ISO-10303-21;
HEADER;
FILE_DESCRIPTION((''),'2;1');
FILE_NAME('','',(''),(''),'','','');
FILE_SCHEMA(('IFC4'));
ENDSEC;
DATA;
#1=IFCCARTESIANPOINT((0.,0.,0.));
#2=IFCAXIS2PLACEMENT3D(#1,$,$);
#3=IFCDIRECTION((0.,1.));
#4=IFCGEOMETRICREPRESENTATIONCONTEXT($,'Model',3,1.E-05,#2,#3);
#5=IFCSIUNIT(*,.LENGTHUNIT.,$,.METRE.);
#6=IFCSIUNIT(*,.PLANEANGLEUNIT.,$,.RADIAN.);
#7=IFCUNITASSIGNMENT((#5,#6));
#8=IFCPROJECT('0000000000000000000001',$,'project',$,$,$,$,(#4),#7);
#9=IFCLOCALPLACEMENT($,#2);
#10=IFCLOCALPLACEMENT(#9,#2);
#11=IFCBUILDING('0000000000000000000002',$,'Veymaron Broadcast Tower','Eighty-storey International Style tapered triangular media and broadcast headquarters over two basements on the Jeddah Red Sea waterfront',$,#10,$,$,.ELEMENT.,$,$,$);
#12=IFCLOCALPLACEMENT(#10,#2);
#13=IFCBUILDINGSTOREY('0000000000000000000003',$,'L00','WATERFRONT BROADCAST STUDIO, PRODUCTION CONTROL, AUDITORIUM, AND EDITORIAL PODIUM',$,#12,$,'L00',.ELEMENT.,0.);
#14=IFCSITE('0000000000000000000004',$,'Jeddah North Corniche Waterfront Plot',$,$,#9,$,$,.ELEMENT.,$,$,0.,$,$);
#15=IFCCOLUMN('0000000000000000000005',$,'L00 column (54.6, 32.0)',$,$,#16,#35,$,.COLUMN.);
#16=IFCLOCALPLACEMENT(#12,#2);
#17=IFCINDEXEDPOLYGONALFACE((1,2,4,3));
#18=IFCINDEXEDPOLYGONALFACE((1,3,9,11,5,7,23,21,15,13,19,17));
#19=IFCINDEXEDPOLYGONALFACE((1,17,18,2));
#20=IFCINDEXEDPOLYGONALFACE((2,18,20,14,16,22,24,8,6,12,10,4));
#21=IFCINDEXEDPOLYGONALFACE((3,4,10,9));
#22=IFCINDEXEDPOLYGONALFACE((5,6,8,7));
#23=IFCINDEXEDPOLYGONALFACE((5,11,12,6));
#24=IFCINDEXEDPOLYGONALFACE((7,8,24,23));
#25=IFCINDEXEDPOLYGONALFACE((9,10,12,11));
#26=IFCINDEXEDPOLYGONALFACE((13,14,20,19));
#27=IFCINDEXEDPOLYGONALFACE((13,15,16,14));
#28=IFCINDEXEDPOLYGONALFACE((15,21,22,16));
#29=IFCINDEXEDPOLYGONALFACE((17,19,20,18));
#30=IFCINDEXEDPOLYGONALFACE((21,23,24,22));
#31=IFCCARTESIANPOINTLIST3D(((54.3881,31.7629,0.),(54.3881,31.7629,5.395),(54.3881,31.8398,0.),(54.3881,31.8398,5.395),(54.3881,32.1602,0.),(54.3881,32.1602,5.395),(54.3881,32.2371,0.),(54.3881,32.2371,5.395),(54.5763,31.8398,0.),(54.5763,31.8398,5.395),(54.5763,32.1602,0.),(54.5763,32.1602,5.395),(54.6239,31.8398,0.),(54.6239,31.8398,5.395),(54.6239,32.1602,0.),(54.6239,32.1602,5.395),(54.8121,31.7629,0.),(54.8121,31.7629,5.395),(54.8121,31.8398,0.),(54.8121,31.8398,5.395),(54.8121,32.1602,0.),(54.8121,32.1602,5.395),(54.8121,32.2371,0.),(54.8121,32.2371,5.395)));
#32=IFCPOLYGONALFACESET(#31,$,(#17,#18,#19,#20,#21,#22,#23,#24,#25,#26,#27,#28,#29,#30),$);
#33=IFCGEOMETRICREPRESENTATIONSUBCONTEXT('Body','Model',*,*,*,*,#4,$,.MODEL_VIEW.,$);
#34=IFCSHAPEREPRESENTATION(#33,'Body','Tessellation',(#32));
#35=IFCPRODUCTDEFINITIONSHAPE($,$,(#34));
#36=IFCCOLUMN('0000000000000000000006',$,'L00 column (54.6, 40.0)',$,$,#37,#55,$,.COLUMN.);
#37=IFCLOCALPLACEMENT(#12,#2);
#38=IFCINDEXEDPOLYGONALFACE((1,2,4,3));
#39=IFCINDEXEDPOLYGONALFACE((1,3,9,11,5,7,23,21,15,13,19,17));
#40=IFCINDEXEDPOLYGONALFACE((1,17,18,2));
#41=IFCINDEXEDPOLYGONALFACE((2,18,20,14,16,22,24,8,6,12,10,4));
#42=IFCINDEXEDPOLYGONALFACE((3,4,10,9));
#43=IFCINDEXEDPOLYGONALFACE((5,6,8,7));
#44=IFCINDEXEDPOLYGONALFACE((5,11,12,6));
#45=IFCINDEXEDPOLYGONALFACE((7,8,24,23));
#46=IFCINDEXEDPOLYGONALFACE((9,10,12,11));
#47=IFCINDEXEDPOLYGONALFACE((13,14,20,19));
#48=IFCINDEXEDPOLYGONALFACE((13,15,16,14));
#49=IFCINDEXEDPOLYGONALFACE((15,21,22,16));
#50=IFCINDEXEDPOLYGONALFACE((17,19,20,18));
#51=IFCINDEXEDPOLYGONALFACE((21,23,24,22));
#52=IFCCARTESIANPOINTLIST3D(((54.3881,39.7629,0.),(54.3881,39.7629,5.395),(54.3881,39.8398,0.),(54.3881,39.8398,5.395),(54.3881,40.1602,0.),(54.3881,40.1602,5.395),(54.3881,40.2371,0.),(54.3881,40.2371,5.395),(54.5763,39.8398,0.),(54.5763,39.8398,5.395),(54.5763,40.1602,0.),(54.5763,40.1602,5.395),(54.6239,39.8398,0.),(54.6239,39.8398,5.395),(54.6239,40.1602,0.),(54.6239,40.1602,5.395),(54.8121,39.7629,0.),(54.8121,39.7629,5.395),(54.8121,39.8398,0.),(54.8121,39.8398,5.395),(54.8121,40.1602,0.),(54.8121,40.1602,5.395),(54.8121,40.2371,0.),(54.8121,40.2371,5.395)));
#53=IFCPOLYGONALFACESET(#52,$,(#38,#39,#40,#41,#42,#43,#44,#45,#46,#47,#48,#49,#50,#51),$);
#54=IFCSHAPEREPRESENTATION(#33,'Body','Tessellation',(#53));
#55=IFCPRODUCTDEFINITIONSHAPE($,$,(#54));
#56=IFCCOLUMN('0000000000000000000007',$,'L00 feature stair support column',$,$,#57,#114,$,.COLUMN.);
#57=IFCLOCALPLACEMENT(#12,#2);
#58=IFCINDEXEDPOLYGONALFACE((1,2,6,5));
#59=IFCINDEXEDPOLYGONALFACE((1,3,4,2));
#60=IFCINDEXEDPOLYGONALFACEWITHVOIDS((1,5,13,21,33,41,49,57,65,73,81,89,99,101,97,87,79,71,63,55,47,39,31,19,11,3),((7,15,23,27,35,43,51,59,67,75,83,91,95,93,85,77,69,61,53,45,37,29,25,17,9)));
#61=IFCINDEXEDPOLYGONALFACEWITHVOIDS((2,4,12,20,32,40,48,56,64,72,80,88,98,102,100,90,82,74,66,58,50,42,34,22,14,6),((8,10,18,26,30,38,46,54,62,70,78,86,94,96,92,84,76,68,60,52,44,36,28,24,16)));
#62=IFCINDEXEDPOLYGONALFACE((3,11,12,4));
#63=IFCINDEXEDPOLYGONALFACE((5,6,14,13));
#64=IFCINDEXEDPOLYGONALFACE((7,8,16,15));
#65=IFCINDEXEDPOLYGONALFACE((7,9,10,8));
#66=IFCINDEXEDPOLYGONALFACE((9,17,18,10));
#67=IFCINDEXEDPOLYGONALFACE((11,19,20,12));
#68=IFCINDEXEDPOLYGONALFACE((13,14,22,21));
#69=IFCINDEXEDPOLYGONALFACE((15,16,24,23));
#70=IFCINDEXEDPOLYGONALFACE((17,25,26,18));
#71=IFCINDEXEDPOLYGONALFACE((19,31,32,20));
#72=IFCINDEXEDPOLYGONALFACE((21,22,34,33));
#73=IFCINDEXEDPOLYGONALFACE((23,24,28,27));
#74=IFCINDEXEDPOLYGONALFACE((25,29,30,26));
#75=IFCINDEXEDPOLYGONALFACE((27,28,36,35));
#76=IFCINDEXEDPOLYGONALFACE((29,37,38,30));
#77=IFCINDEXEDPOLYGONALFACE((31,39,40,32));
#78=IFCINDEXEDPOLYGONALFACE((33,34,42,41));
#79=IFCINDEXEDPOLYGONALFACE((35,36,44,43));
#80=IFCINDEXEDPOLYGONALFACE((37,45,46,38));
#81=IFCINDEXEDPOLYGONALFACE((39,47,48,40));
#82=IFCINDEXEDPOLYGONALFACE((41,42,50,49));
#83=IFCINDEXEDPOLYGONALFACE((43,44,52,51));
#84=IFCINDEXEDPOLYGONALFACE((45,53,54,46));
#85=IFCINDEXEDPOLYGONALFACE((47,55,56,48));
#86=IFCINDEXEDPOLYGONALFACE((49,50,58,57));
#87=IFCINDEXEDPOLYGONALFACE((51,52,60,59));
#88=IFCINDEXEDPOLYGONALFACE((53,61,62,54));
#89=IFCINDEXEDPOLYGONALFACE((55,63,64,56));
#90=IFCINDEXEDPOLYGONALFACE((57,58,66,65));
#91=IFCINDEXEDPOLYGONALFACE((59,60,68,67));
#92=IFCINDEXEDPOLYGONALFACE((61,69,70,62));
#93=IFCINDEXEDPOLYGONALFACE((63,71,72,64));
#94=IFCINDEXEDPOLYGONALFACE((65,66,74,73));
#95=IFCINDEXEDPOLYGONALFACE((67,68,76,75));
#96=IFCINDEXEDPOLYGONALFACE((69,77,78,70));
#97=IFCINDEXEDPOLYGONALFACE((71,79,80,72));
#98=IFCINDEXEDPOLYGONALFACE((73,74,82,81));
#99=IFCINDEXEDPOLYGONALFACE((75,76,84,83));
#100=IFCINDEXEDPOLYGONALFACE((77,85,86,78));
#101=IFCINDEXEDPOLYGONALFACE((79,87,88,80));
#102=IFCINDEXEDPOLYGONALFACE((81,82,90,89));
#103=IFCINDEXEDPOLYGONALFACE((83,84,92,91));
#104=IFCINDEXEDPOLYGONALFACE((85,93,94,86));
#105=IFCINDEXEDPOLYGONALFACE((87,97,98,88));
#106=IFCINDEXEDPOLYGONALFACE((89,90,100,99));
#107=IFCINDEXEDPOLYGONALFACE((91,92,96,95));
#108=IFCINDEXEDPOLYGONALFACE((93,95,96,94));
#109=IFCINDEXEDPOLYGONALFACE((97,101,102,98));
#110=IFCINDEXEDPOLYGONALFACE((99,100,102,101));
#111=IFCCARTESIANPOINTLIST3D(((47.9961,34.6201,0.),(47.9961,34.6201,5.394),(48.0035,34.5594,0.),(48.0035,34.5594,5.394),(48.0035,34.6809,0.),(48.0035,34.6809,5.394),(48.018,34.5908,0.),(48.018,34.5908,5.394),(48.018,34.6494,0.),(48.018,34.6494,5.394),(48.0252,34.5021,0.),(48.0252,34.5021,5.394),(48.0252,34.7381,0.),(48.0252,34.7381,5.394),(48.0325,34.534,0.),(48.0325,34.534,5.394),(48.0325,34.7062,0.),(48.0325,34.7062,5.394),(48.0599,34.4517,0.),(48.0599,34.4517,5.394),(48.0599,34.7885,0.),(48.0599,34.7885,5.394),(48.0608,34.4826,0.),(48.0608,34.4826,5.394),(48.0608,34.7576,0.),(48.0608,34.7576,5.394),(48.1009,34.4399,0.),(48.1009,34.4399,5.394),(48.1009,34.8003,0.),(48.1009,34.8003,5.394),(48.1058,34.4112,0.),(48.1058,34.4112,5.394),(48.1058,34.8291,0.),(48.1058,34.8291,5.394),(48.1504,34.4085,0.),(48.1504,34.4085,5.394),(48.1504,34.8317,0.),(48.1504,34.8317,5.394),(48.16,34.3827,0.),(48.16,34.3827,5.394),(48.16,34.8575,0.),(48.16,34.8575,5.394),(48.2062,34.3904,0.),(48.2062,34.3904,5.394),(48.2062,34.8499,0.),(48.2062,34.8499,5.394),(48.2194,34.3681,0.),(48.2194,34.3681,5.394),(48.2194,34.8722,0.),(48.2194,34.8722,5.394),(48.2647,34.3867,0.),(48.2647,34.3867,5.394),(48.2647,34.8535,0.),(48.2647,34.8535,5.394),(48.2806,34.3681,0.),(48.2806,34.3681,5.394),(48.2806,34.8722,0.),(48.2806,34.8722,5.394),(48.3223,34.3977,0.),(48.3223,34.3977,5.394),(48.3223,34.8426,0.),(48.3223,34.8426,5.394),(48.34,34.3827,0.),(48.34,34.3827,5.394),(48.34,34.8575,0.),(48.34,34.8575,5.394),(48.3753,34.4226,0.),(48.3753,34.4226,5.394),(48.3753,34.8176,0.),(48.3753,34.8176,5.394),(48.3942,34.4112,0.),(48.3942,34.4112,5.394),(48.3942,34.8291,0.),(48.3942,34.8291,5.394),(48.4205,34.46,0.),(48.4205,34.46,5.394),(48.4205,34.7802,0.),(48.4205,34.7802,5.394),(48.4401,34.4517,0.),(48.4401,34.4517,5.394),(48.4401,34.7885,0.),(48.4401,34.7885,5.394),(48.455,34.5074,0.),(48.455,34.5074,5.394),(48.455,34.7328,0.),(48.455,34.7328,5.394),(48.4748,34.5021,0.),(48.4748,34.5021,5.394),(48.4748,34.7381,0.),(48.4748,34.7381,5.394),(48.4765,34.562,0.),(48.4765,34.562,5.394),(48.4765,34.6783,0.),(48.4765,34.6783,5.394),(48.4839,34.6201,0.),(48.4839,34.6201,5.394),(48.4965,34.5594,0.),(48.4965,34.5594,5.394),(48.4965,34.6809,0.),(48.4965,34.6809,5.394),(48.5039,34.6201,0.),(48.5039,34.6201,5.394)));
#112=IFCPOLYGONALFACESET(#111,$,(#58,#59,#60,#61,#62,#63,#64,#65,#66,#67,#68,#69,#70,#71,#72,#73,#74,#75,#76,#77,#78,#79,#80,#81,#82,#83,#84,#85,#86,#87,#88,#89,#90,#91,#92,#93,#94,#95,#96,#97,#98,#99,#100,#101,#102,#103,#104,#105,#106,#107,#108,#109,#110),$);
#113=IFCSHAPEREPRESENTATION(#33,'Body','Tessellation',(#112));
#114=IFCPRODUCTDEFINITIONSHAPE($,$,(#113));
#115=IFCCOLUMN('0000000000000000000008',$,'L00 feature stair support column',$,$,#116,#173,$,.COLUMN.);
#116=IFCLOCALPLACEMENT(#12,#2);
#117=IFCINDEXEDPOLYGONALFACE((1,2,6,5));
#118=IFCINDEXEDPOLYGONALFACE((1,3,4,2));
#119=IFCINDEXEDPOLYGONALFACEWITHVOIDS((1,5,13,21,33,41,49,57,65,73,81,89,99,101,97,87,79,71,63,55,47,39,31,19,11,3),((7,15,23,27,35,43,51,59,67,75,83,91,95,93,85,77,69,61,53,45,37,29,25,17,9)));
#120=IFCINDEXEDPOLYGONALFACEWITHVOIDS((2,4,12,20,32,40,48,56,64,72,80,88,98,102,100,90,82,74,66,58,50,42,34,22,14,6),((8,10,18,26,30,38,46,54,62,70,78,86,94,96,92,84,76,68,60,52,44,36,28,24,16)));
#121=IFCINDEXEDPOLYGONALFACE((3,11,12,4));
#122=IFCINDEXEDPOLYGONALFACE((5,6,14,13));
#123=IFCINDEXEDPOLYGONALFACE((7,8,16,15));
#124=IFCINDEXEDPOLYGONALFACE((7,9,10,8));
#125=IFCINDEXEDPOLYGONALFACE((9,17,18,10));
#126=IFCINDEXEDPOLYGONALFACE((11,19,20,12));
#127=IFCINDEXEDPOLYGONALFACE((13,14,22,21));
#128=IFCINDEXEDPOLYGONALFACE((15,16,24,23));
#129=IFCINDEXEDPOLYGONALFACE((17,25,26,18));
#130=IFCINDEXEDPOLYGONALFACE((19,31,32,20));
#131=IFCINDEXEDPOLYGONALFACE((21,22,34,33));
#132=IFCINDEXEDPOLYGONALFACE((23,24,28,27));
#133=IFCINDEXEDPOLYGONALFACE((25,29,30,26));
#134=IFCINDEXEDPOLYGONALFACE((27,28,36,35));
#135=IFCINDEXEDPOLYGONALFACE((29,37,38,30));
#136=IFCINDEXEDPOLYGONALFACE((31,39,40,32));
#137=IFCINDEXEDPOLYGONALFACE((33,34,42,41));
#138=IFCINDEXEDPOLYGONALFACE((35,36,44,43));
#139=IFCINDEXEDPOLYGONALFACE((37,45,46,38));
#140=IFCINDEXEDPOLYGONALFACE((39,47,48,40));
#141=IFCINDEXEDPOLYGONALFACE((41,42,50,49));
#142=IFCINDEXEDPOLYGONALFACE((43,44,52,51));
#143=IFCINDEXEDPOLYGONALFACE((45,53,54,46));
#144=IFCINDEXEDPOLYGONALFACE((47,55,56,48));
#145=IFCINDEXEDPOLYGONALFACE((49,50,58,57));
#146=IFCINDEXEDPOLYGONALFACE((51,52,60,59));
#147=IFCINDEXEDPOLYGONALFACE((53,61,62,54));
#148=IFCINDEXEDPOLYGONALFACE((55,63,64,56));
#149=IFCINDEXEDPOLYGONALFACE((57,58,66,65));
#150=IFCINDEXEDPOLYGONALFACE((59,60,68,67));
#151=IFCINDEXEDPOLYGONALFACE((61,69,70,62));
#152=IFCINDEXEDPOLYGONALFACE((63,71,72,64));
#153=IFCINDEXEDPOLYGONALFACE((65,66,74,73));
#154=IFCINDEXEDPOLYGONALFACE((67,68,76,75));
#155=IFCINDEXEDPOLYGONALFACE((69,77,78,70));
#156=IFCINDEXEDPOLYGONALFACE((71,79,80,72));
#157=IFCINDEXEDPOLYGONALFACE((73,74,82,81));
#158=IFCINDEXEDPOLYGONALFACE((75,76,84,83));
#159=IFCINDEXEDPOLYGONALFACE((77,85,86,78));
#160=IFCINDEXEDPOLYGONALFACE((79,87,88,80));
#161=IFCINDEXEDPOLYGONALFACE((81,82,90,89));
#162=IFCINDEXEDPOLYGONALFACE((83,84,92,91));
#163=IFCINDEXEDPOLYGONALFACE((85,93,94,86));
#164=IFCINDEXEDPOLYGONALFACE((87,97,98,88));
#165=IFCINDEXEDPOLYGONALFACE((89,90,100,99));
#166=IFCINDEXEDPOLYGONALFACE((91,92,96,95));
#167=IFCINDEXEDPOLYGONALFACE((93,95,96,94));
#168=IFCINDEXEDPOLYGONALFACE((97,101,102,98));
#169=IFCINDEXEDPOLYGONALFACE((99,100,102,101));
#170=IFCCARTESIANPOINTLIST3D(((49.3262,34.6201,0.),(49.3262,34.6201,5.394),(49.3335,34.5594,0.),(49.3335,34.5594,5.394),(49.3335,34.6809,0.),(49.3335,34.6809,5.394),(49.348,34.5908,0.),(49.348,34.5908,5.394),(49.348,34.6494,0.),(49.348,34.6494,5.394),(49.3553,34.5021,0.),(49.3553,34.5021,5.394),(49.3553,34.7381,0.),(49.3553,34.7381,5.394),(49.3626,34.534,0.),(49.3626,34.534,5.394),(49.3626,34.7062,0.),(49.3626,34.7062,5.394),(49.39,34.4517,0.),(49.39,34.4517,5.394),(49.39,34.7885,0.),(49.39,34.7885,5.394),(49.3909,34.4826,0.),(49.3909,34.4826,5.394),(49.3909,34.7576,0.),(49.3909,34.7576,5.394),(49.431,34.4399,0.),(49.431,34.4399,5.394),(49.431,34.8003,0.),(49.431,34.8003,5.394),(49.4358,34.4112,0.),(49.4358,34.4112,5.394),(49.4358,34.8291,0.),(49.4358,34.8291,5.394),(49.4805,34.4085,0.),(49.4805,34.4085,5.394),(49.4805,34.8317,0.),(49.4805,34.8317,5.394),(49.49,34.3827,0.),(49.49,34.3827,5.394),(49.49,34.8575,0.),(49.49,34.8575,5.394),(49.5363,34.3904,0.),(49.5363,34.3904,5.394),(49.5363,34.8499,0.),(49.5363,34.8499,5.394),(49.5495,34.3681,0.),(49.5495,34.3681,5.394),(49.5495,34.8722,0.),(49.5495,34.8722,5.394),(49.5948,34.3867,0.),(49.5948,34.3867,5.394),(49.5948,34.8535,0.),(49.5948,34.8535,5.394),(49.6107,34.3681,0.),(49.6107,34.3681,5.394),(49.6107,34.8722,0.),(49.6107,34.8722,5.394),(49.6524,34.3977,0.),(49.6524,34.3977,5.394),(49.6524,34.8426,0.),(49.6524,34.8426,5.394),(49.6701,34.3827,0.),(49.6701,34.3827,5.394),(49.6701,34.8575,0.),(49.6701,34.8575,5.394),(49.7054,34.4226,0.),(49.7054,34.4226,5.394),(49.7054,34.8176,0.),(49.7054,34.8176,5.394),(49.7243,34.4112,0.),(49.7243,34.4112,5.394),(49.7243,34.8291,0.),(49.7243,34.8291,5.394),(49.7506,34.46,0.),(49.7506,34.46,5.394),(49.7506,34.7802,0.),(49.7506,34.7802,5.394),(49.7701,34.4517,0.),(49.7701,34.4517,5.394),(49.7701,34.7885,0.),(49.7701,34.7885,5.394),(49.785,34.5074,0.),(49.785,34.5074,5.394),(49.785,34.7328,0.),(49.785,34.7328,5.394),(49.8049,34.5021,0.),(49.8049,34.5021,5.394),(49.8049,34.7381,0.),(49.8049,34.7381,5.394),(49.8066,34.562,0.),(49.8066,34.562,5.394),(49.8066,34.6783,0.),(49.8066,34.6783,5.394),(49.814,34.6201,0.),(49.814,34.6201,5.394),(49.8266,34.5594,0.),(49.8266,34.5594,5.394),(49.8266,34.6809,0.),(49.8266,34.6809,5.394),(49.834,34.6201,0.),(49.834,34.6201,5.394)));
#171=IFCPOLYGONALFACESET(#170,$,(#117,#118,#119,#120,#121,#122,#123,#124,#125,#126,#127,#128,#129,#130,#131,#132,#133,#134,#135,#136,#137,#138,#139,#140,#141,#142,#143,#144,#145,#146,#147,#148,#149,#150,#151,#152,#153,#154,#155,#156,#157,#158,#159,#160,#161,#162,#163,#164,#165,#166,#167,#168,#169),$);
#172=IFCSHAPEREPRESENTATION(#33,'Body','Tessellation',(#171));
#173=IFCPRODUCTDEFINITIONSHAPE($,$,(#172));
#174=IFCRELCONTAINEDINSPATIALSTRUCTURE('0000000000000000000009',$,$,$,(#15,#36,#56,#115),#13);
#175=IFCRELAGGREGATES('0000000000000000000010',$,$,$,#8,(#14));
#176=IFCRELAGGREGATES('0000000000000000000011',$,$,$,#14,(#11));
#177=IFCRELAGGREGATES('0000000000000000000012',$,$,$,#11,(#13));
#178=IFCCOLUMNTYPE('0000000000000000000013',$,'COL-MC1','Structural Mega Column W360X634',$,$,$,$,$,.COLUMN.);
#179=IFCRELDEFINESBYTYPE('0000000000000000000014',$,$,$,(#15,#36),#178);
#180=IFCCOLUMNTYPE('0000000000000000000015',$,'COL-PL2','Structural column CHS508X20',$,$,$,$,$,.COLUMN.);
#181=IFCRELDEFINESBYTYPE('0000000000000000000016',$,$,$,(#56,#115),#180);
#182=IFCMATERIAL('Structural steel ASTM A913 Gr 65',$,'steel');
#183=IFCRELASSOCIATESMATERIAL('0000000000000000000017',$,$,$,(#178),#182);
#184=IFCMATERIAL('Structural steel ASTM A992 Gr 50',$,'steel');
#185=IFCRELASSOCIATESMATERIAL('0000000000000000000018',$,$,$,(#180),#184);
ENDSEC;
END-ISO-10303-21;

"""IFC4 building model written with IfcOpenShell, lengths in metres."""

from ifc_helpers import new_model, si_unit, direction, frame, origin, origin_2d, place, context, subcontext, project, spatial, hollow_circle, i_section, extrude, material, material_profile, profile_set, type_object, element, save


model = new_model("IFC4")

# Units and contexts
model_context = context("Model", 3, precision=1e-05, world=origin(), true_north=direction((0.0, 1.0)))
body_context = subcontext(model_context, "Body", "Model", "MODEL_VIEW")
ifc_project = project(units=[si_unit("LENGTHUNIT", "METRE"), si_unit("PLANEANGLEUNIT", "RADIAN")], contexts=[model_context])

# Site, building, storey
site_placement = place(None, origin())
site = spatial("IfcSite", under=ifc_project, at=site_placement, Name="Jeddah North Corniche Waterfront Plot", CompositionType="ELEMENT", RefElevation=0.0)
building_placement = place(site_placement, origin())
building = spatial("IfcBuilding", under=site, at=building_placement, Name="Veymaron Broadcast Tower", Description="Eighty-storey International Style tapered triangular media and broadcast headquarters over two basements on the Jeddah Red Sea waterfront", CompositionType="ELEMENT")
storey_placement = place(building_placement, origin())
storey = spatial("IfcBuildingStorey", under=building, at=storey_placement, Name="L00", Description="WATERFRONT BROADCAST STUDIO, PRODUCTION CONTROL, AUDITORIUM, AND EDITORIAL PODIUM", LongName="L00", CompositionType="ELEMENT", Elevation=0.0)

# Columns
ifc_material_1 = material(Name="Structural steel ASTM A913 Gr 65", Category="steel")
ifc_material_profile_1 = material_profile(ifc_material_1, i_section(OverallWidth=0.4241, OverallDepth=0.4741, WebThickness=0.0476, FlangeThickness=0.0769, at=origin_2d()), Name="W360X634")
ifc_profile_set_1 = profile_set([ifc_material_profile_1], Name="Structural steel ASTM A913 Gr 65")
column_type_1 = type_object("IfcColumnType", Name="COL-MC1", Description="Structural Mega Column W360X634", PredefinedType="COLUMN", material=ifc_profile_set_1)
for number, where, z_axis, x_axis, name in (
    (1, (54.6001, 32.0, 0.0), (0.0, 0.0, 1.0), (1.0, 0.0, 0.0), "L00 column (54.6, 32.0)"),
    (2, (54.6001, 40.0, 0.0), (0.0, 0.0, 1.0), (1.0, 0.0, 0.0), "L00 column (54.6, 40.0)"),
):
    element("IfcColumn", number, at=place(storey_placement, frame(where, z_axis=z_axis, x_axis=x_axis)), inside=storey, type_object=column_type_1, Name=name, PredefinedType="COLUMN", context=body_context, shape_type="SweptSolid", body=[
        extrude(i_section(OverallWidth=0.4241, OverallDepth=0.4741, WebThickness=0.0476, FlangeThickness=0.0769, at=origin_2d()), origin(), (0.0, 0.0, 1.0), 5.395),
    ])
ifc_material_2 = material(Name="Structural steel ASTM A992 Gr 50", Category="steel")
ifc_material_profile_2 = material_profile(ifc_material_2, hollow_circle(Radius=0.2539, WallThickness=0.02, at=origin_2d()), Name="CHS508X20")
ifc_profile_set_2 = profile_set([ifc_material_profile_2], Name="Structural steel ASTM A992 Gr 50")
column_type_2 = type_object("IfcColumnType", Name="COL-PL2", Description="Structural column CHS508X20", PredefinedType="COLUMN", material=ifc_profile_set_2)
for number, where, z_axis, x_axis, name in (
    (3, (48.25, 34.6201, 0.0), (0.0, 0.0, 1.0), (1.0, 0.0, 0.0), "L00 feature stair support column"),
    (4, (49.5801, 34.6201, 0.0), (0.0, 0.0, 1.0), (1.0, 0.0, 0.0), "L00 feature stair support column"),
):
    element("IfcColumn", number, at=place(storey_placement, frame(where, z_axis=z_axis, x_axis=x_axis)), inside=storey, type_object=column_type_2, Name=name, PredefinedType="COLUMN", context=body_context, shape_type="SweptSolid", body=[
        extrude(hollow_circle(Radius=0.2539, WallThickness=0.02, at=origin_2d()), origin(), (0.0, 0.0, 1.0), 5.394),
    ])

save(model, "model.ifc")
